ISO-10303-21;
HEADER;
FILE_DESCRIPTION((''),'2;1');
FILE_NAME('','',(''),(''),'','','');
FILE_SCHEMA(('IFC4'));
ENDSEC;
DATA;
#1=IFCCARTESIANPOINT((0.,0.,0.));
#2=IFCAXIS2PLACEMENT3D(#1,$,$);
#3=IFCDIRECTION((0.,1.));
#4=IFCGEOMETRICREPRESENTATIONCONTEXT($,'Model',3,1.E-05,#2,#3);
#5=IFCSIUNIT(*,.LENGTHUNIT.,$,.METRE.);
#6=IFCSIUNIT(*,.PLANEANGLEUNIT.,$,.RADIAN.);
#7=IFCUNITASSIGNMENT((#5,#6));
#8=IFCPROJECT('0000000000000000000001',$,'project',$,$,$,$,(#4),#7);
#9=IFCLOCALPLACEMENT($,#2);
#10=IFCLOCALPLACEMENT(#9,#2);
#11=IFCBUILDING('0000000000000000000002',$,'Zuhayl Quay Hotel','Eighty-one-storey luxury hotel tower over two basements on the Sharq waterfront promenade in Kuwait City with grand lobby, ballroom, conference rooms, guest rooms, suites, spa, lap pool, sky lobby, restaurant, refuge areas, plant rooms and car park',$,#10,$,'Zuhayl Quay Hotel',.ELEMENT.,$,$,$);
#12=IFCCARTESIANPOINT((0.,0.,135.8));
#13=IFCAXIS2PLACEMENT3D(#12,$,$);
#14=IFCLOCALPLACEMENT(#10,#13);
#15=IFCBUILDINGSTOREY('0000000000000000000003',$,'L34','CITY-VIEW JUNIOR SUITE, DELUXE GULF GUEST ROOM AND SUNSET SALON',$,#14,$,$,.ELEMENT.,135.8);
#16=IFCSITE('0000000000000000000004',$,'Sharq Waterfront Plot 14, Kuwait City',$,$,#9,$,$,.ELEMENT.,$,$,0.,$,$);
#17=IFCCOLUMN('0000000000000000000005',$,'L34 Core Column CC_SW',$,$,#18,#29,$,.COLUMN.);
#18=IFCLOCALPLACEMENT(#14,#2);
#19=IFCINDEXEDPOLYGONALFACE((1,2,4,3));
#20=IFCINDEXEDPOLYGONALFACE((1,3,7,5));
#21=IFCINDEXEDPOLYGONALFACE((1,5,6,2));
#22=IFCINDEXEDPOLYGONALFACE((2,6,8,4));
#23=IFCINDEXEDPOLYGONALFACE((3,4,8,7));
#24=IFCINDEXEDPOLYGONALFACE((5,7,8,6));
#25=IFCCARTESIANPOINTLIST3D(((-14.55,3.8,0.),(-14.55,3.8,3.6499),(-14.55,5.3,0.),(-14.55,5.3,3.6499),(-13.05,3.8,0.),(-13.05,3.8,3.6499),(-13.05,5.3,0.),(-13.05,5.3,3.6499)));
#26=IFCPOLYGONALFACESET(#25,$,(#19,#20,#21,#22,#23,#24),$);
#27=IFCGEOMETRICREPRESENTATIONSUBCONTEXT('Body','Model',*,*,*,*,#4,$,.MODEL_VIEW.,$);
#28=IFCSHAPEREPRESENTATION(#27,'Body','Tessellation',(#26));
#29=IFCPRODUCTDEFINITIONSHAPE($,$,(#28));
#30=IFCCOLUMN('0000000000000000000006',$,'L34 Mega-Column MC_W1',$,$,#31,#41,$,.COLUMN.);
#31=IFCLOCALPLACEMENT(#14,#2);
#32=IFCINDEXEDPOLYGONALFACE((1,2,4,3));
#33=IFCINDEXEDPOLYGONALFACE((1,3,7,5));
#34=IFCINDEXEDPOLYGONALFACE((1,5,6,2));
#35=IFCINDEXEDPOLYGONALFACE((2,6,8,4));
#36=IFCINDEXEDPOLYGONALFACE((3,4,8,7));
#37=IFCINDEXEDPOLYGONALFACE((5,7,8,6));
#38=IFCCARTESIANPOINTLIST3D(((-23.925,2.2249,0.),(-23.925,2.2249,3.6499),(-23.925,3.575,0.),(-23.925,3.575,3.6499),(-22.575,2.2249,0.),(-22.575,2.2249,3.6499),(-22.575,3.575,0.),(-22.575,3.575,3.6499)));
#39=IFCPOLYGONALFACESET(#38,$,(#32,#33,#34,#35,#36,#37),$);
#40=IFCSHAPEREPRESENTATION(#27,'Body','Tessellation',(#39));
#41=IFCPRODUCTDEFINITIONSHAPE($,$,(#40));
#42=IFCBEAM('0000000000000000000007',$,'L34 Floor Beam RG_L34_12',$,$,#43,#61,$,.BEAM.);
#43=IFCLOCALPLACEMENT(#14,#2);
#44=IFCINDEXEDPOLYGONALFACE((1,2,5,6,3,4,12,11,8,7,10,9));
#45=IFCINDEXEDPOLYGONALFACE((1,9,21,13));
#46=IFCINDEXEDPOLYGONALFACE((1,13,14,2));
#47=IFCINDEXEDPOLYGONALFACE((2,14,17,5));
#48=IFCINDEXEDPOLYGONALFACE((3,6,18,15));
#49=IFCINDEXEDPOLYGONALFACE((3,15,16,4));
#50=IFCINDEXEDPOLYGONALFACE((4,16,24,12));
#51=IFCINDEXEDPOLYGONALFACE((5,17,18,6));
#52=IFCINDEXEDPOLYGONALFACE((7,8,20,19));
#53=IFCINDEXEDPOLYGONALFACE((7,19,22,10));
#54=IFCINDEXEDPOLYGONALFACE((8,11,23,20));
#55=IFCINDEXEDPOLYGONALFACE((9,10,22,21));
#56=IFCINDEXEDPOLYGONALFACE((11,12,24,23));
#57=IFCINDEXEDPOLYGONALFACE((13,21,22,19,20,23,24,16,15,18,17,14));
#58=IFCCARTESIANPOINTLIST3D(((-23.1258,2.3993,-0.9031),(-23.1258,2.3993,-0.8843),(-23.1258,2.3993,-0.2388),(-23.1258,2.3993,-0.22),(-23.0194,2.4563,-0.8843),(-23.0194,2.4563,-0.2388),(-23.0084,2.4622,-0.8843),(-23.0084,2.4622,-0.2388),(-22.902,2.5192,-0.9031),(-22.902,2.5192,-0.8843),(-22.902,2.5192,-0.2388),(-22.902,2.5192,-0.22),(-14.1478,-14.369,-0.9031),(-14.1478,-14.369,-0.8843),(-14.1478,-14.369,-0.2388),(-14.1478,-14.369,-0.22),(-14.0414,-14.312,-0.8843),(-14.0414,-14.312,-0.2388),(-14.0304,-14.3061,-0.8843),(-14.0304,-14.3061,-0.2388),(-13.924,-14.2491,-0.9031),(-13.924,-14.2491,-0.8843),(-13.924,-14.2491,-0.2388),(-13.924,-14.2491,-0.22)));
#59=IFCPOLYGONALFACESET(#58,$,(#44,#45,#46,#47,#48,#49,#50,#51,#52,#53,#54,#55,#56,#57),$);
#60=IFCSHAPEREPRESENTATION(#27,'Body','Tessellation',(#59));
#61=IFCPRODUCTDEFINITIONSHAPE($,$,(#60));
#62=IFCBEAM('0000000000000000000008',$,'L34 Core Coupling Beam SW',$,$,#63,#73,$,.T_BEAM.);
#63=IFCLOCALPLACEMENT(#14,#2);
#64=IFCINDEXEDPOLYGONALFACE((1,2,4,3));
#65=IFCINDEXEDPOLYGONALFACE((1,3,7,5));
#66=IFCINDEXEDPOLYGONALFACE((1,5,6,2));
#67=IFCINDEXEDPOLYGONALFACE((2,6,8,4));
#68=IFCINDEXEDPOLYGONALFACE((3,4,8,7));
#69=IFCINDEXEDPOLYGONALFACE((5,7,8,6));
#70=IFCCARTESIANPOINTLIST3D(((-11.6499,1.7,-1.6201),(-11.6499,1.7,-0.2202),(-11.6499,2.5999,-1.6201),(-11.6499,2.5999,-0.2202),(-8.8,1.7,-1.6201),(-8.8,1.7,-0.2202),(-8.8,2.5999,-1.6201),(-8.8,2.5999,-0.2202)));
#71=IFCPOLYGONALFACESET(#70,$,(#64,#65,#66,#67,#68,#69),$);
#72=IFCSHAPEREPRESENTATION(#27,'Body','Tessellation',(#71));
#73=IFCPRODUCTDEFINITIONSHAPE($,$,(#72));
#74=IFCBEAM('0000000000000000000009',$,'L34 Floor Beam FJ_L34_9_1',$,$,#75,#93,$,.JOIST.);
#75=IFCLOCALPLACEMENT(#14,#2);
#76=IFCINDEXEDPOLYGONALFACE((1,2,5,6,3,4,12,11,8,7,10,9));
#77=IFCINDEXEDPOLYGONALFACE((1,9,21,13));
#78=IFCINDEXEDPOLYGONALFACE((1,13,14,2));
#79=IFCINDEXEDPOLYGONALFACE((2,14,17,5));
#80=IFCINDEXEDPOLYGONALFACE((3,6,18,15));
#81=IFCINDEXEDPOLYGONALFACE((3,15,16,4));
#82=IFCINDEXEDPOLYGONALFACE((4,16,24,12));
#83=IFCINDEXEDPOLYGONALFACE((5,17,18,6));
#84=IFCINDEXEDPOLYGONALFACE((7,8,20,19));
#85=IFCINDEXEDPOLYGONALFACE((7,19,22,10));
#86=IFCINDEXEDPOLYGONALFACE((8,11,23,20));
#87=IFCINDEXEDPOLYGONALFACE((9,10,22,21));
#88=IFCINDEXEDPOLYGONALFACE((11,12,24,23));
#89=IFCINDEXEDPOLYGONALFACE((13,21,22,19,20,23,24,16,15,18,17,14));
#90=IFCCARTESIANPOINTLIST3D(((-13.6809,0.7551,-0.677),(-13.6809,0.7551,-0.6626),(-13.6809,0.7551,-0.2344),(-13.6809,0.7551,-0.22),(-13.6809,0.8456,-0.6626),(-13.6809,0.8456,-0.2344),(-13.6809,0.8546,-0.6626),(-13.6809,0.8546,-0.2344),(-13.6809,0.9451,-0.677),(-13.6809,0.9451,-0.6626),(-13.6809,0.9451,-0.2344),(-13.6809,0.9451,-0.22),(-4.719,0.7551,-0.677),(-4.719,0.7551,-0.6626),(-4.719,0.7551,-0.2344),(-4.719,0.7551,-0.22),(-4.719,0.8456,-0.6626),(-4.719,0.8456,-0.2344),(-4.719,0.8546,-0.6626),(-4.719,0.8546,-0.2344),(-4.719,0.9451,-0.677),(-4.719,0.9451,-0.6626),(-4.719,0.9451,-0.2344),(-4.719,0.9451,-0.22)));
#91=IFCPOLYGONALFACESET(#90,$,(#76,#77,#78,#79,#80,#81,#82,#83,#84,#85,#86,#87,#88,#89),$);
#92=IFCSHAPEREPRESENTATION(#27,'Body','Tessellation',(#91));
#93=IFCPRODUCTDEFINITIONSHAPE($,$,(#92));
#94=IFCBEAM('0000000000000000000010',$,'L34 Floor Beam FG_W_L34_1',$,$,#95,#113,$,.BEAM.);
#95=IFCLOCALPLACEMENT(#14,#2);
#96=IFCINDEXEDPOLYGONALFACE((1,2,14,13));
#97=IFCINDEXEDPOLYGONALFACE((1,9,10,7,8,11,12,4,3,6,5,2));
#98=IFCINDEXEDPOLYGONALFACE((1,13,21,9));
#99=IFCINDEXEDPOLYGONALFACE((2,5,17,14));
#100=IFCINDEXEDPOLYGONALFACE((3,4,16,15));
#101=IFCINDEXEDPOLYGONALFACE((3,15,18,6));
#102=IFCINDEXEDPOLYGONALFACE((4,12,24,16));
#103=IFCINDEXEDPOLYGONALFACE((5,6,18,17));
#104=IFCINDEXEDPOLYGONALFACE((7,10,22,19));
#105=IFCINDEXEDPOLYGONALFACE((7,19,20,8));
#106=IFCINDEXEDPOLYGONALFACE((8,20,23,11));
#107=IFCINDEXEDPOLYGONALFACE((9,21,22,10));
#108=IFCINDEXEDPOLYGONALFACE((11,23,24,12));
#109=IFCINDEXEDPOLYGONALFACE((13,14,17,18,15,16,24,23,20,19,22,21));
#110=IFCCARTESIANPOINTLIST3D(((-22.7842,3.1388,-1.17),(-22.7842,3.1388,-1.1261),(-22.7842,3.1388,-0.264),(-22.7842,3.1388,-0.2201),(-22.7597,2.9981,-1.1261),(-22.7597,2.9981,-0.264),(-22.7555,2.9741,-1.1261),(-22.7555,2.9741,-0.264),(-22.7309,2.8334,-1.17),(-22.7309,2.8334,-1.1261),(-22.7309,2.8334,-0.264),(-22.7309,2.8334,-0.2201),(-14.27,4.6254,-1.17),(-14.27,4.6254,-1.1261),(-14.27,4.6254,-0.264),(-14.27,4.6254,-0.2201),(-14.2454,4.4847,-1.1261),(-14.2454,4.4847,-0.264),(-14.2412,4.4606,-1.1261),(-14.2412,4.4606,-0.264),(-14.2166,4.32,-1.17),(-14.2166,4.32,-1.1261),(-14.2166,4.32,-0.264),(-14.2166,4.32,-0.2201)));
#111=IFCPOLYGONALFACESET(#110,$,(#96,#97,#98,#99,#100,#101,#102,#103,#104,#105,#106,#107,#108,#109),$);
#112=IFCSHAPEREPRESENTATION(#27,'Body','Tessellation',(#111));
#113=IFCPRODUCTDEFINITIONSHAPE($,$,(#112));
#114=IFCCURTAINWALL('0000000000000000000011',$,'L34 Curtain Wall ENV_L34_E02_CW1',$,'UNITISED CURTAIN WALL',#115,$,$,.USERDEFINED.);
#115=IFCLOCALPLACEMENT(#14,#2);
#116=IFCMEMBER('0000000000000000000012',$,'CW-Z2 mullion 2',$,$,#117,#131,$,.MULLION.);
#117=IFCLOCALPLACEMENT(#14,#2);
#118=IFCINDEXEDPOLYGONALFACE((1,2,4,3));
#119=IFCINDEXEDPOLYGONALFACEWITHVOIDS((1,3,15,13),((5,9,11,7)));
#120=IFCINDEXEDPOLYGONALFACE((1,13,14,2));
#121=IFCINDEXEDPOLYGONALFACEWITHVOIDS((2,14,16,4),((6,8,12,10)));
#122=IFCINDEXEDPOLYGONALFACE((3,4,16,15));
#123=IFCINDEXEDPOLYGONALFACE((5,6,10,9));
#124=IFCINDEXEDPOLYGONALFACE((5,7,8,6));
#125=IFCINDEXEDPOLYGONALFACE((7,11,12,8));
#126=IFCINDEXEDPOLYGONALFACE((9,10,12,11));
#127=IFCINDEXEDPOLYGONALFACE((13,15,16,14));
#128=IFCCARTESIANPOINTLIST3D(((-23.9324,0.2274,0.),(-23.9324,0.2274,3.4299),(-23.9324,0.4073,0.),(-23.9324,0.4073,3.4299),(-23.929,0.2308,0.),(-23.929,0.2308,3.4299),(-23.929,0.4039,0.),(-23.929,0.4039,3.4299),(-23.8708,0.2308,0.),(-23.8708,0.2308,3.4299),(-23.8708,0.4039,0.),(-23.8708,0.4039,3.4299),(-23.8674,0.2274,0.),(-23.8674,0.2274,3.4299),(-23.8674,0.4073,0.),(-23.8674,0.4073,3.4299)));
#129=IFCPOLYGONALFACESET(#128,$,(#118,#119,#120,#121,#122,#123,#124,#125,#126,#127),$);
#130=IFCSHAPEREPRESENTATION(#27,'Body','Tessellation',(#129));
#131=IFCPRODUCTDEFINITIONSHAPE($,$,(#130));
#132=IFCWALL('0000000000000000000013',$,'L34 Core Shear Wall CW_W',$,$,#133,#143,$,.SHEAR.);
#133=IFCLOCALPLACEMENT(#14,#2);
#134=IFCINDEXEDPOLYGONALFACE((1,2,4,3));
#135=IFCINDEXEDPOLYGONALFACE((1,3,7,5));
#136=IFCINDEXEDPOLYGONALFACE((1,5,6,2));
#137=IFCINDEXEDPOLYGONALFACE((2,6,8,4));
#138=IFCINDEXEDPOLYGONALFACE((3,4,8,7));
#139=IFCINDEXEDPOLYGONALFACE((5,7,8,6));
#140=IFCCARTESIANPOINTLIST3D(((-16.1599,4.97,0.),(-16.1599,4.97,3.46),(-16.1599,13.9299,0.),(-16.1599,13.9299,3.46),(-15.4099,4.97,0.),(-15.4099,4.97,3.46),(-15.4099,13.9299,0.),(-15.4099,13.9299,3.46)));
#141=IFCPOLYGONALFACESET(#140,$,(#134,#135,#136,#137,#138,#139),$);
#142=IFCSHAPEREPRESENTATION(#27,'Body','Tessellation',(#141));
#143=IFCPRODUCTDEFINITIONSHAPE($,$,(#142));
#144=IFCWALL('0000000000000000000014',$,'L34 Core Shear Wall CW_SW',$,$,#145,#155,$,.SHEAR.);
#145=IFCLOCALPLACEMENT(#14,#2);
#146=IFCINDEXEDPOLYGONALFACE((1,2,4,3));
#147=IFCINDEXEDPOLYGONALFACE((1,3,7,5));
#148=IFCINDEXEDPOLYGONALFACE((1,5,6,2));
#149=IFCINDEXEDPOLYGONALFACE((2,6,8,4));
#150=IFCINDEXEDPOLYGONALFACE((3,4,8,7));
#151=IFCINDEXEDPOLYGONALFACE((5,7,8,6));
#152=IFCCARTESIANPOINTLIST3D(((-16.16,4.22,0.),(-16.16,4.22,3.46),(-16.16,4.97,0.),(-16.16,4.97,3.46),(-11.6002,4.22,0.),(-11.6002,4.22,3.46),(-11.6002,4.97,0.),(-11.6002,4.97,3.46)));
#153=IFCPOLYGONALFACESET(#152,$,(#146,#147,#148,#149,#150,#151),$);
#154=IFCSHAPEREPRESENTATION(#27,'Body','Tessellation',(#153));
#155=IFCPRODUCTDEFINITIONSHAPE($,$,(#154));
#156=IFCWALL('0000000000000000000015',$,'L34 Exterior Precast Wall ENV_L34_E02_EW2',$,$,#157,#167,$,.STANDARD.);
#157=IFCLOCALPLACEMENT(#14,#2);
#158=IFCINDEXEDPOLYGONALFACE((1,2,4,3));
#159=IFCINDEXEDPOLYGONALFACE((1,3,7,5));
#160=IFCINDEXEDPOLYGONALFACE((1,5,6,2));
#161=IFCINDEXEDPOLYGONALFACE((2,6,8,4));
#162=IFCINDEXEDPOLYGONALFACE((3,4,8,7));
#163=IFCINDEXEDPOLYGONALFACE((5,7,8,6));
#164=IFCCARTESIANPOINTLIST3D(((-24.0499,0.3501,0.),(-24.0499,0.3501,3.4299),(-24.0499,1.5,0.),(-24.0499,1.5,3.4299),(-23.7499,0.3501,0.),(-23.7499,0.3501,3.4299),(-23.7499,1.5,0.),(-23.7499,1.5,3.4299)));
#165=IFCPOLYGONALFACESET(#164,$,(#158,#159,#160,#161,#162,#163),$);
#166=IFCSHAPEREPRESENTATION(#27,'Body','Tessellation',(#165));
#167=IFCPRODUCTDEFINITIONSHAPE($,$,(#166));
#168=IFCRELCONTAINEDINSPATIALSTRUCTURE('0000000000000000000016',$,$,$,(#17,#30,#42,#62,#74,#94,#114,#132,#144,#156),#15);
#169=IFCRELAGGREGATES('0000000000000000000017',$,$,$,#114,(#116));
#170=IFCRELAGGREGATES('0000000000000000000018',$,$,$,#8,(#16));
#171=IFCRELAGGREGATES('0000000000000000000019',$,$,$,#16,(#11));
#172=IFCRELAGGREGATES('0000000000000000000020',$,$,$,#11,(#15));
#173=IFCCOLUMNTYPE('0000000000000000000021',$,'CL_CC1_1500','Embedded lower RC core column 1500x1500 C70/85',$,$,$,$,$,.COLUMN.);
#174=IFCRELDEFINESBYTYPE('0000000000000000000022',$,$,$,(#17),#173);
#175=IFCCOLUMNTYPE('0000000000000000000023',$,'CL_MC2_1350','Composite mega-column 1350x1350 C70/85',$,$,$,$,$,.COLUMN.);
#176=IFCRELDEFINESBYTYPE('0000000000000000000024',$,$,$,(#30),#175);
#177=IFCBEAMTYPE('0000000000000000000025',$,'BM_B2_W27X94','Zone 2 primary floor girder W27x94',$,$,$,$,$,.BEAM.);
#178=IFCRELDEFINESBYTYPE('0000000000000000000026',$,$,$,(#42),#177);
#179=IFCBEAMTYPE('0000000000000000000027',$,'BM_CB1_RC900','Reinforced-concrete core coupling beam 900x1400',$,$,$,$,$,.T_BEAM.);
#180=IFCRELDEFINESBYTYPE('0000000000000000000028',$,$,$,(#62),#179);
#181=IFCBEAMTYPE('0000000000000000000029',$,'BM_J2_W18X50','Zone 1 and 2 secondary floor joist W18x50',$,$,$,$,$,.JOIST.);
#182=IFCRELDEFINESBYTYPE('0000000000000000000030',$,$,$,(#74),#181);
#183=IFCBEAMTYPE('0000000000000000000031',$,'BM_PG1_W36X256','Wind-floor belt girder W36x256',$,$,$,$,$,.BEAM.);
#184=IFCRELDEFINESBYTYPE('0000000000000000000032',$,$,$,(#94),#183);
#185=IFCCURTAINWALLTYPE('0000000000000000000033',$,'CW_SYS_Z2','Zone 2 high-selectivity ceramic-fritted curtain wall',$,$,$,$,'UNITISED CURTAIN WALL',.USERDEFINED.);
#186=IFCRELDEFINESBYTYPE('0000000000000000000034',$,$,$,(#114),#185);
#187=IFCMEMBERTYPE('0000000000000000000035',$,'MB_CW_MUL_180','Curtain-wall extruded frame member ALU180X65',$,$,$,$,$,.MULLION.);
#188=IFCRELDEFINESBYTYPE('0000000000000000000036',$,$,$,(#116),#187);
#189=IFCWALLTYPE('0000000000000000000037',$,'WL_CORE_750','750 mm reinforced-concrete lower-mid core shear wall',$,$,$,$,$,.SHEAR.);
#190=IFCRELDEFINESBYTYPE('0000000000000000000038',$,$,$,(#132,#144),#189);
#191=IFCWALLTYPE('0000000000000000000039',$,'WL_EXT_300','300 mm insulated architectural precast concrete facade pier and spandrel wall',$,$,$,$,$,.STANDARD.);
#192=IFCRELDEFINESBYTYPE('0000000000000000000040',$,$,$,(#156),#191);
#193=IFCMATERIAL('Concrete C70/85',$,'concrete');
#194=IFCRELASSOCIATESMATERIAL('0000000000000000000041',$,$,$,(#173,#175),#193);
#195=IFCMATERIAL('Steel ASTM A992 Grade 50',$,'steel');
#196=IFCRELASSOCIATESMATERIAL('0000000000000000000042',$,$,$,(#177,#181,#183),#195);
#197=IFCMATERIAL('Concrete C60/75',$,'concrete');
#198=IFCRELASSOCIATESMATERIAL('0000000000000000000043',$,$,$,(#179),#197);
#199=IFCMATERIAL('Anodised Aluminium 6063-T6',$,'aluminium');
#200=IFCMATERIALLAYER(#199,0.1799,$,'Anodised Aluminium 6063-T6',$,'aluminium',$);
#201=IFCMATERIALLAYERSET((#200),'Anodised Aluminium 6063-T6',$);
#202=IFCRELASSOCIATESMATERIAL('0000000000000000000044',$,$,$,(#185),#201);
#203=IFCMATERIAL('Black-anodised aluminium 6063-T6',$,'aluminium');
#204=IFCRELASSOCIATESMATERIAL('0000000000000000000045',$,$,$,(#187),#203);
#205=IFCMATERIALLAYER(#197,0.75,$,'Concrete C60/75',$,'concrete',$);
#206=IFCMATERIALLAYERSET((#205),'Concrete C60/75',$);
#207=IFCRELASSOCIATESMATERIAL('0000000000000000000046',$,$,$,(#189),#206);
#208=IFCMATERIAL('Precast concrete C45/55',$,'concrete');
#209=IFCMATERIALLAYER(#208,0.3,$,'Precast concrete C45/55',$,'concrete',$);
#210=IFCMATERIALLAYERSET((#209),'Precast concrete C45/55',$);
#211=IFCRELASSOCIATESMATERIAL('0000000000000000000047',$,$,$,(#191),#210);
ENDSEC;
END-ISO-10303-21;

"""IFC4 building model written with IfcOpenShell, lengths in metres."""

from ifc_helpers import new_model, si_unit, direction, frame, frame_2d, origin, origin_2d, place, context, subcontext, project, spatial, rectangle, hollow_rectangle, i_section, extrude, material, layer, layer_set, material_profile, profile_set, type_object, element, aggregate, save


model = new_model("IFC4")

# Units and contexts
model_context = context("Model", 3, precision=1e-05, world=origin(), true_north=direction((0.0, 1.0)))
body_context = subcontext(model_context, "Body", "Model", "MODEL_VIEW")
ifc_project = project(units=[si_unit("LENGTHUNIT", "METRE"), si_unit("PLANEANGLEUNIT", "RADIAN")], contexts=[model_context])

# Site, building, storey
site_placement = place(None, origin())
site = spatial("IfcSite", under=ifc_project, at=site_placement, Name="Sharq Waterfront Plot 14, Kuwait City", CompositionType="ELEMENT", RefElevation=0.0)
building_placement = place(site_placement, origin())
building = spatial("IfcBuilding", under=site, at=building_placement, Name="Zuhayl Quay Hotel", Description="Eighty-one-storey luxury hotel tower over two basements on the Sharq waterfront promenade in Kuwait City with grand lobby, ballroom, conference rooms, guest rooms, suites, spa, lap pool, sky lobby, restaurant, refuge areas, plant rooms and car park", LongName="Zuhayl Quay Hotel", CompositionType="ELEMENT")
storey_placement = place(building_placement, frame((0.0, 0.0, 135.8)))
storey = spatial("IfcBuildingStorey", under=building, at=storey_placement, Name="L34", Description="CITY-VIEW JUNIOR SUITE, DELUXE GULF GUEST ROOM AND SUNSET SALON", CompositionType="ELEMENT", Elevation=135.8)

# Columns
ifc_material_1 = material(Name="Concrete C70/85", Category="concrete")
ifc_material_profile_1 = material_profile(ifc_material_1, rectangle(XDim=1.5, YDim=1.5, at=origin_2d()), Name="RC1500X1500")
ifc_profile_set_1 = profile_set([ifc_material_profile_1], Name="Concrete C70/85")
column_type_1 = type_object("IfcColumnType", Name="CL_CC1_1500", Description="Embedded lower RC core column 1500x1500 C70/85", PredefinedType="COLUMN", material=ifc_profile_set_1)
column_1_placement = place(storey_placement, frame((-13.8, 4.55, 0.0), z_axis=(0.0, 0.0, 1.0), x_axis=(1.0, 0.0, 0.0)))
element("IfcColumn", 1, at=column_1_placement, inside=storey, type_object=column_type_1, Name="L34 Core Column CC_SW", PredefinedType="COLUMN", context=body_context, shape_type="SweptSolid", body=[
    extrude(rectangle(XDim=1.5, YDim=1.5, at=origin_2d()), origin(), (0.0, 0.0, 1.0), 3.6499),
])
ifc_material_profile_2 = material_profile(ifc_material_1, rectangle(XDim=1.3501, YDim=1.3501, at=origin_2d()), Name="RC1350X1350")
ifc_profile_set_2 = profile_set([ifc_material_profile_2], Name="Concrete C70/85")
column_type_2 = type_object("IfcColumnType", Name="CL_MC2_1350", Description="Composite mega-column 1350x1350 C70/85", PredefinedType="COLUMN", material=ifc_profile_set_2)
column_2_placement = place(storey_placement, frame((-23.25, 2.8999, 0.0), z_axis=(0.0, 0.0, 1.0), x_axis=(1.0, 0.0, 0.0)))
element("IfcColumn", 2, at=column_2_placement, inside=storey, type_object=column_type_2, Name="L34 Mega-Column MC_W1", PredefinedType="COLUMN", context=body_context, shape_type="SweptSolid", body=[
    extrude(rectangle(XDim=1.3501, YDim=1.3501, at=origin_2d()), origin(), (0.0, 0.0, 1.0), 3.6499),
])

# Beams
ifc_material_2 = material(Name="Steel ASTM A992 Grade 50", Category="steel")
ifc_material_profile_3 = material_profile(ifc_material_2, i_section(OverallWidth=0.2539, OverallDepth=0.6831, WebThickness=0.0125, FlangeThickness=0.0188, at=origin_2d()), Name="W27X94")
ifc_profile_set_3 = profile_set([ifc_material_profile_3], Name="Steel ASTM A992 Grade 50")
beam_type_1 = type_object("IfcBeamType", Name="BM_B2_W27X94", Description="Zone 2 primary floor girder W27x94", PredefinedType="BEAM", material=ifc_profile_set_3)
beam_1_placement = place(storey_placement, frame((-23.0139, 2.4592, -0.5615), z_axis=(0.472017, -0.881589, 0.0), x_axis=(0.881589, 0.472017, 0.0)))
element("IfcBeam", 3, at=beam_1_placement, inside=storey, type_object=beam_type_1, Name="L34 Floor Beam RG_L34_12", PredefinedType="BEAM", context=body_context, shape_type="SweptSolid", body=[
    extrude(i_section(OverallWidth=0.2539, OverallDepth=0.6831, WebThickness=0.0125, FlangeThickness=0.0188, at=origin_2d()), origin(), (0.0, 0.0, 1.0), 19.0205),
])
ifc_material_3 = material(Name="Concrete C60/75", Category="concrete")
ifc_material_profile_4 = material_profile(ifc_material_3, rectangle(XDim=0.8999, YDim=1.3999, at=origin_2d()), Name="RC900X1400")
ifc_profile_set_4 = profile_set([ifc_material_profile_4], Name="Concrete C60/75")
beam_type_2 = type_object("IfcBeamType", Name="BM_CB1_RC900", Description="Reinforced-concrete core coupling beam 900x1400", PredefinedType="T_BEAM", material=ifc_profile_set_4)
beam_2_placement = place(storey_placement, frame((-11.6499, 2.1499, -0.9202), z_axis=(1.0, 0.0, 0.0), x_axis=(0.0, 1.0, 0.0)))
element("IfcBeam", 4, at=beam_2_placement, inside=storey, type_object=beam_type_2, Name="L34 Core Coupling Beam SW", PredefinedType="T_BEAM", context=body_context, shape_type="SweptSolid", body=[
    extrude(rectangle(XDim=0.8999, YDim=1.3999, at=origin_2d()), origin(), (0.0, 0.0, 1.0), 2.8499),
])
ifc_material_profile_5 = material_profile(ifc_material_2, i_section(OverallWidth=0.1899, OverallDepth=0.457, WebThickness=0.009, FlangeThickness=0.0144, at=origin_2d()), Name="W18X50")
ifc_profile_set_5 = profile_set([ifc_material_profile_5], Name="Steel ASTM A992 Grade 50")
beam_type_3 = type_object("IfcBeamType", Name="BM_J2_W18X50", Description="Zone 1 and 2 secondary floor joist W18x50", PredefinedType="JOIST", material=ifc_profile_set_5)
beam_3_placement = place(storey_placement, frame((-13.6809, 0.8501, -0.4485), z_axis=(1.0, 0.0, 0.0), x_axis=(0.0, 1.0, 0.0)))
element("IfcBeam", 5, at=beam_3_placement, inside=storey, type_object=beam_type_3, Name="L34 Floor Beam FJ_L34_9_1", PredefinedType="JOIST", context=body_context, shape_type="SweptSolid", body=[
    extrude(i_section(OverallWidth=0.1899, OverallDepth=0.457, WebThickness=0.009, FlangeThickness=0.0144, at=origin_2d()), origin(), (0.0, 0.0, 1.0), 8.9619),
])
ifc_material_profile_6 = material_profile(ifc_material_2, i_section(OverallWidth=0.3101, OverallDepth=0.95, WebThickness=0.0244, FlangeThickness=0.0439, at=origin_2d()), Name="W36X256")
ifc_profile_set_6 = profile_set([ifc_material_profile_6], Name="Steel ASTM A992 Grade 50")
beam_type_4 = type_object("IfcBeamType", Name="BM_PG1_W36X256", Description="Wind-floor belt girder W36x256", PredefinedType="BEAM", material=ifc_profile_set_6)
beam_4_placement = place(storey_placement, frame((-22.7576, 2.9861, -0.6951), z_axis=(0.985097, 0.171998, 0.0), x_axis=(-0.171998, 0.985097, 0.0)))
element("IfcBeam", 6, at=beam_4_placement, inside=storey, type_object=beam_type_4, Name="L34 Floor Beam FG_W_L34_1", PredefinedType="BEAM", context=body_context, shape_type="SweptSolid", body=[
    extrude(i_section(OverallWidth=0.3101, OverallDepth=0.95, WebThickness=0.0244, FlangeThickness=0.0439, at=origin_2d()), origin(), (0.0, 0.0, 1.0), 8.6431),
])

# Curtain wall, member
ifc_material_4 = material(Name="Anodised Aluminium 6063-T6", Category="aluminium")
ifc_layer_1 = layer(ifc_material_4, 0.1799, Name="Anodised Aluminium 6063-T6", Category="aluminium")
ifc_layer_set_1 = layer_set([ifc_layer_1], Name="Anodised Aluminium 6063-T6")
curtain_wall_type = type_object("IfcCurtainWallType", Name="CW_SYS_Z2", Description="Zone 2 high-selectivity ceramic-fritted curtain wall", ElementType="UNITISED CURTAIN WALL", PredefinedType="USERDEFINED", material=ifc_layer_set_1)
curtain_wall_placement = place(storey_placement, origin())
curtain_wall = element("IfcCurtainWall", 7, at=curtain_wall_placement, inside=storey, type_object=curtain_wall_type, Name="L34 Curtain Wall ENV_L34_E02_CW1", ObjectType="UNITISED CURTAIN WALL", PredefinedType="USERDEFINED")
ifc_material_5 = material(Name="Black-anodised aluminium 6063-T6", Category="aluminium")
ifc_material_profile_7 = material_profile(ifc_material_5, hollow_rectangle(XDim=0.0649, YDim=0.1799, WallThickness=0.0034, at=origin_2d()), Name="ALU180X65")
ifc_profile_set_7 = profile_set([ifc_material_profile_7], Name="Black-anodised aluminium 6063-T6")
member_type = type_object("IfcMemberType", Name="MB_CW_MUL_180", Description="Curtain-wall extruded frame member ALU180X65", PredefinedType="MULLION", material=ifc_profile_set_7)
member_placement = place(storey_placement, frame((-23.8999, 0.3174, 0.0), z_axis=(0.0, 0.0, 1.0), x_axis=(-1.0, 0.0, 0.0)))
member = element("IfcMember", 8, at=member_placement, type_object=member_type, Name="CW-Z2 mullion 2", PredefinedType="MULLION", context=body_context, shape_type="SweptSolid", body=[
    extrude(hollow_rectangle(XDim=0.0649, YDim=0.1799, WallThickness=0.0034, at=origin_2d()), origin(), (0.0, 0.0, 1.0), 3.4299),
])
aggregate(curtain_wall, [member])

# Walls
ifc_layer_2 = layer(ifc_material_3, 0.75, Name="Concrete C60/75", Category="concrete")
ifc_layer_set_2 = layer_set([ifc_layer_2], Name="Concrete C60/75")
wall_type_1 = type_object("IfcWallType", Name="WL_CORE_750", Description="750 mm reinforced-concrete lower-mid core shear wall", PredefinedType="SHEAR", material=ifc_layer_set_2)
wall_1_placement = place(storey_placement, frame((-15.7849, 4.97, 0.0), z_axis=(0.0, 0.0, 1.0), x_axis=(0.0, 1.0, 0.0)))
element("IfcWall", 9, at=wall_1_placement, inside=storey, type_object=wall_type_1, Name="L34 Core Shear Wall CW_W", PredefinedType="SHEAR", context=body_context, shape_type="SweptSolid", body=[
    extrude(rectangle(XDim=8.96, YDim=0.75, at=frame_2d((4.48, 0.0))), origin(), (0.0, 0.0, 1.0), 3.46),
])
wall_2_placement = place(storey_placement, frame((-16.1599, 4.595, 0.0), z_axis=(0.0, 0.0, 1.0), x_axis=(1.0, 0.0, 0.0)))
element("IfcWall", 10, at=wall_2_placement, inside=storey, type_object=wall_type_1, Name="L34 Core Shear Wall CW_SW", PredefinedType="SHEAR", context=body_context, shape_type="SweptSolid", body=[
    extrude(rectangle(XDim=4.5598, YDim=0.75, at=frame_2d((2.2798, 0.0))), origin(), (0.0, 0.0, 1.0), 3.46),
])
ifc_material_6 = material(Name="Precast concrete C45/55", Category="concrete")
ifc_layer_3 = layer(ifc_material_6, 0.3, Name="Precast concrete C45/55", Category="concrete")
ifc_layer_set_3 = layer_set([ifc_layer_3], Name="Precast concrete C45/55")
wall_type_2 = type_object("IfcWallType", Name="WL_EXT_300", Description="300 mm insulated architectural precast concrete facade pier and spandrel wall", PredefinedType="STANDARD", material=ifc_layer_set_3)
wall_3_placement = place(storey_placement, frame((-23.8999, 0.3501, 0.0), z_axis=(0.0, 0.0, 1.0), x_axis=(0.0, 1.0, 0.0)))
element("IfcWall", 11, at=wall_3_placement, inside=storey, type_object=wall_type_2, Name="L34 Exterior Precast Wall ENV_L34_E02_EW2", PredefinedType="STANDARD", context=body_context, shape_type="SweptSolid", body=[
    extrude(rectangle(XDim=1.1499, YDim=0.3, at=frame_2d((0.575, 0.0))), origin(), (0.0, 0.0, 1.0), 3.4299),
])

save(model, "model.ifc")
